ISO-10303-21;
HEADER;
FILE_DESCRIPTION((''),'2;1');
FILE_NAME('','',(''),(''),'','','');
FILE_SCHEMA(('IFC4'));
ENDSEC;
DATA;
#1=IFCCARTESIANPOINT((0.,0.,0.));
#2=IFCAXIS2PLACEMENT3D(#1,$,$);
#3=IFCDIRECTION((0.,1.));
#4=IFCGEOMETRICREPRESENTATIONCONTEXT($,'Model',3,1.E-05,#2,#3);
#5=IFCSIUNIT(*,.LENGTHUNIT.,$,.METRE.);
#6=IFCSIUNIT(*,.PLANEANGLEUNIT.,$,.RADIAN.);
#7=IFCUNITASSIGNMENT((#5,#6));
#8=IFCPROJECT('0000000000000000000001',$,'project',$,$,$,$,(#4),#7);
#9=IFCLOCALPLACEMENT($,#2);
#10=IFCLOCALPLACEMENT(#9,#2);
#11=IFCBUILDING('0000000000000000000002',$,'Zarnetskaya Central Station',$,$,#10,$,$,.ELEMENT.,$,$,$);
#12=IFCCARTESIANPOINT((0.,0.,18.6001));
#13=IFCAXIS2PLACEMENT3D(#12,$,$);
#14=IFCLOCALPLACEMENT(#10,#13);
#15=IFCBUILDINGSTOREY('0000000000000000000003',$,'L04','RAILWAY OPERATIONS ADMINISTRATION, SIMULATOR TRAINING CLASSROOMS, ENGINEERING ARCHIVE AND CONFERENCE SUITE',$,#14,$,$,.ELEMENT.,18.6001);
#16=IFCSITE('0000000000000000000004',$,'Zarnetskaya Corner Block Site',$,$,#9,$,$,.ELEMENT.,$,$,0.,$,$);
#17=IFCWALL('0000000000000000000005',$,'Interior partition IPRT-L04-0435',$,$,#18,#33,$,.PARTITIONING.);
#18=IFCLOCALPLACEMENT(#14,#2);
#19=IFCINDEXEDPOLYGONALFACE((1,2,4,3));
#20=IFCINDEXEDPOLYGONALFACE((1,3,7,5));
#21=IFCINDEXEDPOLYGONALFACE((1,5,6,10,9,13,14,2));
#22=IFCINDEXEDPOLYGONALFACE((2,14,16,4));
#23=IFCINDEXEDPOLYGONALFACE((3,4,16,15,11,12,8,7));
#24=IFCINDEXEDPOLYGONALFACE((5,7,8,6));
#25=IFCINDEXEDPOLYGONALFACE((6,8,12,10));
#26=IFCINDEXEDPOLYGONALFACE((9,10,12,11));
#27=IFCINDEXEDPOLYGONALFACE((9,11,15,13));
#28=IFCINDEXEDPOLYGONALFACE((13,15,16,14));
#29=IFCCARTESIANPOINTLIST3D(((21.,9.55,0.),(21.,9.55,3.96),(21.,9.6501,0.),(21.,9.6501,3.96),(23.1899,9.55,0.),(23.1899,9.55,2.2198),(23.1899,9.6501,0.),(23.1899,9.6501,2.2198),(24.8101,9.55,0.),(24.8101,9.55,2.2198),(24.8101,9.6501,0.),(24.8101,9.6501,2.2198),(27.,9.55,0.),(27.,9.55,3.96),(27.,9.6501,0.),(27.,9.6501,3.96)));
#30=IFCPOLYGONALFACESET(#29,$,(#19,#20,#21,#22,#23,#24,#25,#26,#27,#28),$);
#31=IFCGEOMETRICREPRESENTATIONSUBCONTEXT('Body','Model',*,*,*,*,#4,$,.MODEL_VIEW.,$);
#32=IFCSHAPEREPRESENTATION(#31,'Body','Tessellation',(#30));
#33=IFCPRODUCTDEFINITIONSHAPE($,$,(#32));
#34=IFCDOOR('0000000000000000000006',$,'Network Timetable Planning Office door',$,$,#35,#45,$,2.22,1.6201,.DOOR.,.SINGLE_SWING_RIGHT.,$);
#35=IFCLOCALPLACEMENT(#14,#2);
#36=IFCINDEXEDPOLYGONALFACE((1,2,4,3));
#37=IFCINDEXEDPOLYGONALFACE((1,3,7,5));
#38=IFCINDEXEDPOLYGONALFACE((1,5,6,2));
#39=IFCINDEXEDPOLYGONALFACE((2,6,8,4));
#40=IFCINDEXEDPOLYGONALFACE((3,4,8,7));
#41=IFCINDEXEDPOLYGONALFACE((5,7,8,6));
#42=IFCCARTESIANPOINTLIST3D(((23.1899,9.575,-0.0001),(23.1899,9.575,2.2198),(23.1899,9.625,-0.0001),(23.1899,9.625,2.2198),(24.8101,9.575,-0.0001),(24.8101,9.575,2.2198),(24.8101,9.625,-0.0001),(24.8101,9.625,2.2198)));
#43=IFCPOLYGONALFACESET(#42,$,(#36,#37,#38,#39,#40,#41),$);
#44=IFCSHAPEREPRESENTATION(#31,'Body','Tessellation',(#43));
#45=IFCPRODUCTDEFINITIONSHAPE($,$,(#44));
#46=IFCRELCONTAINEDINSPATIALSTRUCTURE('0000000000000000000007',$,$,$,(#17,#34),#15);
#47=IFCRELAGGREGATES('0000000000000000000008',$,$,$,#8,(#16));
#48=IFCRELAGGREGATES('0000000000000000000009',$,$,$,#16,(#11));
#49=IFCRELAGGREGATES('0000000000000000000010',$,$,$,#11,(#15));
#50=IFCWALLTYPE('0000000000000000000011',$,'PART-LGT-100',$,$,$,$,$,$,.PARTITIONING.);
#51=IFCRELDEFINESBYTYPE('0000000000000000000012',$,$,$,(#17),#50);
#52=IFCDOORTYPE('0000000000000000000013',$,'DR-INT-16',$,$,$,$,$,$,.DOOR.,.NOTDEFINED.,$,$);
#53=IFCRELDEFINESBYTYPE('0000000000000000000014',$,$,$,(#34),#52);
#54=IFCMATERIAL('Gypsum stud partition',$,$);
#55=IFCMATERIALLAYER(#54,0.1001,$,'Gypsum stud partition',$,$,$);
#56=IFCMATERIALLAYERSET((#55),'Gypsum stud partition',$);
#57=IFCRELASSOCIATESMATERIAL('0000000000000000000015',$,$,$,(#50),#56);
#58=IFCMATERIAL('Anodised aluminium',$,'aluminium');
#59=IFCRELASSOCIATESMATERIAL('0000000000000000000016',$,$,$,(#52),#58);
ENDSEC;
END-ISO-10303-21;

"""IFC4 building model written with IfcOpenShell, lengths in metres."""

from ifc_helpers import new_model, si_unit, direction, frame, frame_2d, origin, place, context, subcontext, project, spatial, rectangle, extrude, material, layer, layer_set, type_object, element, fill, save


model = new_model("IFC4")

# Units and contexts
model_context = context("Model", 3, precision=1e-05, world=origin(), true_north=direction((0.0, 1.0)))
body_context = subcontext(model_context, "Body", "Model", "MODEL_VIEW")
ifc_project = project(units=[si_unit("LENGTHUNIT", "METRE"), si_unit("PLANEANGLEUNIT", "RADIAN")], contexts=[model_context])

# Site, building, storey
site_placement = place(None, origin())
site = spatial("IfcSite", under=ifc_project, at=site_placement, Name="Zarnetskaya Corner Block Site", CompositionType="ELEMENT", RefElevation=0.0)
building_placement = place(site_placement, origin())
building = spatial("IfcBuilding", under=site, at=building_placement, Name="Zarnetskaya Central Station", CompositionType="ELEMENT")
storey_placement = place(building_placement, frame((0.0, 0.0, 18.6001)))
storey = spatial("IfcBuildingStorey", under=building, at=storey_placement, Name="L04", Description="RAILWAY OPERATIONS ADMINISTRATION, SIMULATOR TRAINING CLASSROOMS, ENGINEERING ARCHIVE AND CONFERENCE SUITE", CompositionType="ELEMENT", Elevation=18.6001)

# Shared definitions
ifc_material_1 = material(Name="Anodised aluminium", Category="aluminium")

# Wall, opening, door
ifc_material_2 = material(Name="Gypsum stud partition")
ifc_layer_1 = layer(ifc_material_2, 0.1001, Name="Gypsum stud partition")
ifc_layer_set_1 = layer_set([ifc_layer_1], Name="Gypsum stud partition")
wall_type = type_object("IfcWallType", Name="PART-LGT-100", PredefinedType="PARTITIONING", material=ifc_layer_set_1)
wall_placement = place(storey_placement, frame((21.0, 9.6001, 0.0), z_axis=(0.0, 0.0, 1.0), x_axis=(1.0, 0.0, 0.0)))
wall = element("IfcWall", 1, at=wall_placement, inside=storey, type_object=wall_type, Name="Interior partition IPRT-L04-0435", PredefinedType="PARTITIONING", context=body_context, shape_type="SweptSolid", body=[
    extrude(rectangle(XDim=6.0, YDim=0.1001, at=frame_2d((3.0, 0.0))), origin(), (0.0, 0.0, 1.0), 3.96),
])
opening_placement = place(wall_placement, frame((2.1899, 0.0, 0.0)))
opening = element("IfcOpeningElement", 2, at=opening_placement, cuts=wall, PredefinedType="OPENING", context=body_context, shape_type="SweptSolid", body=[
    extrude(rectangle(XDim=1.6201, YDim=2.22, at=frame_2d((0.8101, 1.1099))), frame((0.0, 0.0601, 0.0), z_axis=(0.0, -1.0, 0.0), x_axis=(1.0, 0.0, 0.0)), (0.0, 0.0, 1.0), 0.1201),
])
door_type = type_object("IfcDoorType", Name="DR-INT-16", OperationType="NOTDEFINED", PredefinedType="DOOR", material=ifc_material_1)
door_placement = place(opening_placement, origin())
door = element("IfcDoor", 3, at=door_placement, inside=storey, type_object=door_type, Name="Network Timetable Planning Office door", OperationType="SINGLE_SWING_RIGHT", OverallHeight=2.22, OverallWidth=1.6201, PredefinedType="DOOR", context=body_context, shape_type="SweptSolid", body=[
    extrude(rectangle(XDim=1.6201, YDim=2.22, at=frame_2d((0.8101, 1.1099))), frame((0.0, 0.0249, 0.0), z_axis=(0.0, -1.0, 0.0), x_axis=(1.0, 0.0, 0.0)), (0.0, 0.0, 1.0), 0.05),
])
fill(opening, door)

save(model, "model.ifc")
